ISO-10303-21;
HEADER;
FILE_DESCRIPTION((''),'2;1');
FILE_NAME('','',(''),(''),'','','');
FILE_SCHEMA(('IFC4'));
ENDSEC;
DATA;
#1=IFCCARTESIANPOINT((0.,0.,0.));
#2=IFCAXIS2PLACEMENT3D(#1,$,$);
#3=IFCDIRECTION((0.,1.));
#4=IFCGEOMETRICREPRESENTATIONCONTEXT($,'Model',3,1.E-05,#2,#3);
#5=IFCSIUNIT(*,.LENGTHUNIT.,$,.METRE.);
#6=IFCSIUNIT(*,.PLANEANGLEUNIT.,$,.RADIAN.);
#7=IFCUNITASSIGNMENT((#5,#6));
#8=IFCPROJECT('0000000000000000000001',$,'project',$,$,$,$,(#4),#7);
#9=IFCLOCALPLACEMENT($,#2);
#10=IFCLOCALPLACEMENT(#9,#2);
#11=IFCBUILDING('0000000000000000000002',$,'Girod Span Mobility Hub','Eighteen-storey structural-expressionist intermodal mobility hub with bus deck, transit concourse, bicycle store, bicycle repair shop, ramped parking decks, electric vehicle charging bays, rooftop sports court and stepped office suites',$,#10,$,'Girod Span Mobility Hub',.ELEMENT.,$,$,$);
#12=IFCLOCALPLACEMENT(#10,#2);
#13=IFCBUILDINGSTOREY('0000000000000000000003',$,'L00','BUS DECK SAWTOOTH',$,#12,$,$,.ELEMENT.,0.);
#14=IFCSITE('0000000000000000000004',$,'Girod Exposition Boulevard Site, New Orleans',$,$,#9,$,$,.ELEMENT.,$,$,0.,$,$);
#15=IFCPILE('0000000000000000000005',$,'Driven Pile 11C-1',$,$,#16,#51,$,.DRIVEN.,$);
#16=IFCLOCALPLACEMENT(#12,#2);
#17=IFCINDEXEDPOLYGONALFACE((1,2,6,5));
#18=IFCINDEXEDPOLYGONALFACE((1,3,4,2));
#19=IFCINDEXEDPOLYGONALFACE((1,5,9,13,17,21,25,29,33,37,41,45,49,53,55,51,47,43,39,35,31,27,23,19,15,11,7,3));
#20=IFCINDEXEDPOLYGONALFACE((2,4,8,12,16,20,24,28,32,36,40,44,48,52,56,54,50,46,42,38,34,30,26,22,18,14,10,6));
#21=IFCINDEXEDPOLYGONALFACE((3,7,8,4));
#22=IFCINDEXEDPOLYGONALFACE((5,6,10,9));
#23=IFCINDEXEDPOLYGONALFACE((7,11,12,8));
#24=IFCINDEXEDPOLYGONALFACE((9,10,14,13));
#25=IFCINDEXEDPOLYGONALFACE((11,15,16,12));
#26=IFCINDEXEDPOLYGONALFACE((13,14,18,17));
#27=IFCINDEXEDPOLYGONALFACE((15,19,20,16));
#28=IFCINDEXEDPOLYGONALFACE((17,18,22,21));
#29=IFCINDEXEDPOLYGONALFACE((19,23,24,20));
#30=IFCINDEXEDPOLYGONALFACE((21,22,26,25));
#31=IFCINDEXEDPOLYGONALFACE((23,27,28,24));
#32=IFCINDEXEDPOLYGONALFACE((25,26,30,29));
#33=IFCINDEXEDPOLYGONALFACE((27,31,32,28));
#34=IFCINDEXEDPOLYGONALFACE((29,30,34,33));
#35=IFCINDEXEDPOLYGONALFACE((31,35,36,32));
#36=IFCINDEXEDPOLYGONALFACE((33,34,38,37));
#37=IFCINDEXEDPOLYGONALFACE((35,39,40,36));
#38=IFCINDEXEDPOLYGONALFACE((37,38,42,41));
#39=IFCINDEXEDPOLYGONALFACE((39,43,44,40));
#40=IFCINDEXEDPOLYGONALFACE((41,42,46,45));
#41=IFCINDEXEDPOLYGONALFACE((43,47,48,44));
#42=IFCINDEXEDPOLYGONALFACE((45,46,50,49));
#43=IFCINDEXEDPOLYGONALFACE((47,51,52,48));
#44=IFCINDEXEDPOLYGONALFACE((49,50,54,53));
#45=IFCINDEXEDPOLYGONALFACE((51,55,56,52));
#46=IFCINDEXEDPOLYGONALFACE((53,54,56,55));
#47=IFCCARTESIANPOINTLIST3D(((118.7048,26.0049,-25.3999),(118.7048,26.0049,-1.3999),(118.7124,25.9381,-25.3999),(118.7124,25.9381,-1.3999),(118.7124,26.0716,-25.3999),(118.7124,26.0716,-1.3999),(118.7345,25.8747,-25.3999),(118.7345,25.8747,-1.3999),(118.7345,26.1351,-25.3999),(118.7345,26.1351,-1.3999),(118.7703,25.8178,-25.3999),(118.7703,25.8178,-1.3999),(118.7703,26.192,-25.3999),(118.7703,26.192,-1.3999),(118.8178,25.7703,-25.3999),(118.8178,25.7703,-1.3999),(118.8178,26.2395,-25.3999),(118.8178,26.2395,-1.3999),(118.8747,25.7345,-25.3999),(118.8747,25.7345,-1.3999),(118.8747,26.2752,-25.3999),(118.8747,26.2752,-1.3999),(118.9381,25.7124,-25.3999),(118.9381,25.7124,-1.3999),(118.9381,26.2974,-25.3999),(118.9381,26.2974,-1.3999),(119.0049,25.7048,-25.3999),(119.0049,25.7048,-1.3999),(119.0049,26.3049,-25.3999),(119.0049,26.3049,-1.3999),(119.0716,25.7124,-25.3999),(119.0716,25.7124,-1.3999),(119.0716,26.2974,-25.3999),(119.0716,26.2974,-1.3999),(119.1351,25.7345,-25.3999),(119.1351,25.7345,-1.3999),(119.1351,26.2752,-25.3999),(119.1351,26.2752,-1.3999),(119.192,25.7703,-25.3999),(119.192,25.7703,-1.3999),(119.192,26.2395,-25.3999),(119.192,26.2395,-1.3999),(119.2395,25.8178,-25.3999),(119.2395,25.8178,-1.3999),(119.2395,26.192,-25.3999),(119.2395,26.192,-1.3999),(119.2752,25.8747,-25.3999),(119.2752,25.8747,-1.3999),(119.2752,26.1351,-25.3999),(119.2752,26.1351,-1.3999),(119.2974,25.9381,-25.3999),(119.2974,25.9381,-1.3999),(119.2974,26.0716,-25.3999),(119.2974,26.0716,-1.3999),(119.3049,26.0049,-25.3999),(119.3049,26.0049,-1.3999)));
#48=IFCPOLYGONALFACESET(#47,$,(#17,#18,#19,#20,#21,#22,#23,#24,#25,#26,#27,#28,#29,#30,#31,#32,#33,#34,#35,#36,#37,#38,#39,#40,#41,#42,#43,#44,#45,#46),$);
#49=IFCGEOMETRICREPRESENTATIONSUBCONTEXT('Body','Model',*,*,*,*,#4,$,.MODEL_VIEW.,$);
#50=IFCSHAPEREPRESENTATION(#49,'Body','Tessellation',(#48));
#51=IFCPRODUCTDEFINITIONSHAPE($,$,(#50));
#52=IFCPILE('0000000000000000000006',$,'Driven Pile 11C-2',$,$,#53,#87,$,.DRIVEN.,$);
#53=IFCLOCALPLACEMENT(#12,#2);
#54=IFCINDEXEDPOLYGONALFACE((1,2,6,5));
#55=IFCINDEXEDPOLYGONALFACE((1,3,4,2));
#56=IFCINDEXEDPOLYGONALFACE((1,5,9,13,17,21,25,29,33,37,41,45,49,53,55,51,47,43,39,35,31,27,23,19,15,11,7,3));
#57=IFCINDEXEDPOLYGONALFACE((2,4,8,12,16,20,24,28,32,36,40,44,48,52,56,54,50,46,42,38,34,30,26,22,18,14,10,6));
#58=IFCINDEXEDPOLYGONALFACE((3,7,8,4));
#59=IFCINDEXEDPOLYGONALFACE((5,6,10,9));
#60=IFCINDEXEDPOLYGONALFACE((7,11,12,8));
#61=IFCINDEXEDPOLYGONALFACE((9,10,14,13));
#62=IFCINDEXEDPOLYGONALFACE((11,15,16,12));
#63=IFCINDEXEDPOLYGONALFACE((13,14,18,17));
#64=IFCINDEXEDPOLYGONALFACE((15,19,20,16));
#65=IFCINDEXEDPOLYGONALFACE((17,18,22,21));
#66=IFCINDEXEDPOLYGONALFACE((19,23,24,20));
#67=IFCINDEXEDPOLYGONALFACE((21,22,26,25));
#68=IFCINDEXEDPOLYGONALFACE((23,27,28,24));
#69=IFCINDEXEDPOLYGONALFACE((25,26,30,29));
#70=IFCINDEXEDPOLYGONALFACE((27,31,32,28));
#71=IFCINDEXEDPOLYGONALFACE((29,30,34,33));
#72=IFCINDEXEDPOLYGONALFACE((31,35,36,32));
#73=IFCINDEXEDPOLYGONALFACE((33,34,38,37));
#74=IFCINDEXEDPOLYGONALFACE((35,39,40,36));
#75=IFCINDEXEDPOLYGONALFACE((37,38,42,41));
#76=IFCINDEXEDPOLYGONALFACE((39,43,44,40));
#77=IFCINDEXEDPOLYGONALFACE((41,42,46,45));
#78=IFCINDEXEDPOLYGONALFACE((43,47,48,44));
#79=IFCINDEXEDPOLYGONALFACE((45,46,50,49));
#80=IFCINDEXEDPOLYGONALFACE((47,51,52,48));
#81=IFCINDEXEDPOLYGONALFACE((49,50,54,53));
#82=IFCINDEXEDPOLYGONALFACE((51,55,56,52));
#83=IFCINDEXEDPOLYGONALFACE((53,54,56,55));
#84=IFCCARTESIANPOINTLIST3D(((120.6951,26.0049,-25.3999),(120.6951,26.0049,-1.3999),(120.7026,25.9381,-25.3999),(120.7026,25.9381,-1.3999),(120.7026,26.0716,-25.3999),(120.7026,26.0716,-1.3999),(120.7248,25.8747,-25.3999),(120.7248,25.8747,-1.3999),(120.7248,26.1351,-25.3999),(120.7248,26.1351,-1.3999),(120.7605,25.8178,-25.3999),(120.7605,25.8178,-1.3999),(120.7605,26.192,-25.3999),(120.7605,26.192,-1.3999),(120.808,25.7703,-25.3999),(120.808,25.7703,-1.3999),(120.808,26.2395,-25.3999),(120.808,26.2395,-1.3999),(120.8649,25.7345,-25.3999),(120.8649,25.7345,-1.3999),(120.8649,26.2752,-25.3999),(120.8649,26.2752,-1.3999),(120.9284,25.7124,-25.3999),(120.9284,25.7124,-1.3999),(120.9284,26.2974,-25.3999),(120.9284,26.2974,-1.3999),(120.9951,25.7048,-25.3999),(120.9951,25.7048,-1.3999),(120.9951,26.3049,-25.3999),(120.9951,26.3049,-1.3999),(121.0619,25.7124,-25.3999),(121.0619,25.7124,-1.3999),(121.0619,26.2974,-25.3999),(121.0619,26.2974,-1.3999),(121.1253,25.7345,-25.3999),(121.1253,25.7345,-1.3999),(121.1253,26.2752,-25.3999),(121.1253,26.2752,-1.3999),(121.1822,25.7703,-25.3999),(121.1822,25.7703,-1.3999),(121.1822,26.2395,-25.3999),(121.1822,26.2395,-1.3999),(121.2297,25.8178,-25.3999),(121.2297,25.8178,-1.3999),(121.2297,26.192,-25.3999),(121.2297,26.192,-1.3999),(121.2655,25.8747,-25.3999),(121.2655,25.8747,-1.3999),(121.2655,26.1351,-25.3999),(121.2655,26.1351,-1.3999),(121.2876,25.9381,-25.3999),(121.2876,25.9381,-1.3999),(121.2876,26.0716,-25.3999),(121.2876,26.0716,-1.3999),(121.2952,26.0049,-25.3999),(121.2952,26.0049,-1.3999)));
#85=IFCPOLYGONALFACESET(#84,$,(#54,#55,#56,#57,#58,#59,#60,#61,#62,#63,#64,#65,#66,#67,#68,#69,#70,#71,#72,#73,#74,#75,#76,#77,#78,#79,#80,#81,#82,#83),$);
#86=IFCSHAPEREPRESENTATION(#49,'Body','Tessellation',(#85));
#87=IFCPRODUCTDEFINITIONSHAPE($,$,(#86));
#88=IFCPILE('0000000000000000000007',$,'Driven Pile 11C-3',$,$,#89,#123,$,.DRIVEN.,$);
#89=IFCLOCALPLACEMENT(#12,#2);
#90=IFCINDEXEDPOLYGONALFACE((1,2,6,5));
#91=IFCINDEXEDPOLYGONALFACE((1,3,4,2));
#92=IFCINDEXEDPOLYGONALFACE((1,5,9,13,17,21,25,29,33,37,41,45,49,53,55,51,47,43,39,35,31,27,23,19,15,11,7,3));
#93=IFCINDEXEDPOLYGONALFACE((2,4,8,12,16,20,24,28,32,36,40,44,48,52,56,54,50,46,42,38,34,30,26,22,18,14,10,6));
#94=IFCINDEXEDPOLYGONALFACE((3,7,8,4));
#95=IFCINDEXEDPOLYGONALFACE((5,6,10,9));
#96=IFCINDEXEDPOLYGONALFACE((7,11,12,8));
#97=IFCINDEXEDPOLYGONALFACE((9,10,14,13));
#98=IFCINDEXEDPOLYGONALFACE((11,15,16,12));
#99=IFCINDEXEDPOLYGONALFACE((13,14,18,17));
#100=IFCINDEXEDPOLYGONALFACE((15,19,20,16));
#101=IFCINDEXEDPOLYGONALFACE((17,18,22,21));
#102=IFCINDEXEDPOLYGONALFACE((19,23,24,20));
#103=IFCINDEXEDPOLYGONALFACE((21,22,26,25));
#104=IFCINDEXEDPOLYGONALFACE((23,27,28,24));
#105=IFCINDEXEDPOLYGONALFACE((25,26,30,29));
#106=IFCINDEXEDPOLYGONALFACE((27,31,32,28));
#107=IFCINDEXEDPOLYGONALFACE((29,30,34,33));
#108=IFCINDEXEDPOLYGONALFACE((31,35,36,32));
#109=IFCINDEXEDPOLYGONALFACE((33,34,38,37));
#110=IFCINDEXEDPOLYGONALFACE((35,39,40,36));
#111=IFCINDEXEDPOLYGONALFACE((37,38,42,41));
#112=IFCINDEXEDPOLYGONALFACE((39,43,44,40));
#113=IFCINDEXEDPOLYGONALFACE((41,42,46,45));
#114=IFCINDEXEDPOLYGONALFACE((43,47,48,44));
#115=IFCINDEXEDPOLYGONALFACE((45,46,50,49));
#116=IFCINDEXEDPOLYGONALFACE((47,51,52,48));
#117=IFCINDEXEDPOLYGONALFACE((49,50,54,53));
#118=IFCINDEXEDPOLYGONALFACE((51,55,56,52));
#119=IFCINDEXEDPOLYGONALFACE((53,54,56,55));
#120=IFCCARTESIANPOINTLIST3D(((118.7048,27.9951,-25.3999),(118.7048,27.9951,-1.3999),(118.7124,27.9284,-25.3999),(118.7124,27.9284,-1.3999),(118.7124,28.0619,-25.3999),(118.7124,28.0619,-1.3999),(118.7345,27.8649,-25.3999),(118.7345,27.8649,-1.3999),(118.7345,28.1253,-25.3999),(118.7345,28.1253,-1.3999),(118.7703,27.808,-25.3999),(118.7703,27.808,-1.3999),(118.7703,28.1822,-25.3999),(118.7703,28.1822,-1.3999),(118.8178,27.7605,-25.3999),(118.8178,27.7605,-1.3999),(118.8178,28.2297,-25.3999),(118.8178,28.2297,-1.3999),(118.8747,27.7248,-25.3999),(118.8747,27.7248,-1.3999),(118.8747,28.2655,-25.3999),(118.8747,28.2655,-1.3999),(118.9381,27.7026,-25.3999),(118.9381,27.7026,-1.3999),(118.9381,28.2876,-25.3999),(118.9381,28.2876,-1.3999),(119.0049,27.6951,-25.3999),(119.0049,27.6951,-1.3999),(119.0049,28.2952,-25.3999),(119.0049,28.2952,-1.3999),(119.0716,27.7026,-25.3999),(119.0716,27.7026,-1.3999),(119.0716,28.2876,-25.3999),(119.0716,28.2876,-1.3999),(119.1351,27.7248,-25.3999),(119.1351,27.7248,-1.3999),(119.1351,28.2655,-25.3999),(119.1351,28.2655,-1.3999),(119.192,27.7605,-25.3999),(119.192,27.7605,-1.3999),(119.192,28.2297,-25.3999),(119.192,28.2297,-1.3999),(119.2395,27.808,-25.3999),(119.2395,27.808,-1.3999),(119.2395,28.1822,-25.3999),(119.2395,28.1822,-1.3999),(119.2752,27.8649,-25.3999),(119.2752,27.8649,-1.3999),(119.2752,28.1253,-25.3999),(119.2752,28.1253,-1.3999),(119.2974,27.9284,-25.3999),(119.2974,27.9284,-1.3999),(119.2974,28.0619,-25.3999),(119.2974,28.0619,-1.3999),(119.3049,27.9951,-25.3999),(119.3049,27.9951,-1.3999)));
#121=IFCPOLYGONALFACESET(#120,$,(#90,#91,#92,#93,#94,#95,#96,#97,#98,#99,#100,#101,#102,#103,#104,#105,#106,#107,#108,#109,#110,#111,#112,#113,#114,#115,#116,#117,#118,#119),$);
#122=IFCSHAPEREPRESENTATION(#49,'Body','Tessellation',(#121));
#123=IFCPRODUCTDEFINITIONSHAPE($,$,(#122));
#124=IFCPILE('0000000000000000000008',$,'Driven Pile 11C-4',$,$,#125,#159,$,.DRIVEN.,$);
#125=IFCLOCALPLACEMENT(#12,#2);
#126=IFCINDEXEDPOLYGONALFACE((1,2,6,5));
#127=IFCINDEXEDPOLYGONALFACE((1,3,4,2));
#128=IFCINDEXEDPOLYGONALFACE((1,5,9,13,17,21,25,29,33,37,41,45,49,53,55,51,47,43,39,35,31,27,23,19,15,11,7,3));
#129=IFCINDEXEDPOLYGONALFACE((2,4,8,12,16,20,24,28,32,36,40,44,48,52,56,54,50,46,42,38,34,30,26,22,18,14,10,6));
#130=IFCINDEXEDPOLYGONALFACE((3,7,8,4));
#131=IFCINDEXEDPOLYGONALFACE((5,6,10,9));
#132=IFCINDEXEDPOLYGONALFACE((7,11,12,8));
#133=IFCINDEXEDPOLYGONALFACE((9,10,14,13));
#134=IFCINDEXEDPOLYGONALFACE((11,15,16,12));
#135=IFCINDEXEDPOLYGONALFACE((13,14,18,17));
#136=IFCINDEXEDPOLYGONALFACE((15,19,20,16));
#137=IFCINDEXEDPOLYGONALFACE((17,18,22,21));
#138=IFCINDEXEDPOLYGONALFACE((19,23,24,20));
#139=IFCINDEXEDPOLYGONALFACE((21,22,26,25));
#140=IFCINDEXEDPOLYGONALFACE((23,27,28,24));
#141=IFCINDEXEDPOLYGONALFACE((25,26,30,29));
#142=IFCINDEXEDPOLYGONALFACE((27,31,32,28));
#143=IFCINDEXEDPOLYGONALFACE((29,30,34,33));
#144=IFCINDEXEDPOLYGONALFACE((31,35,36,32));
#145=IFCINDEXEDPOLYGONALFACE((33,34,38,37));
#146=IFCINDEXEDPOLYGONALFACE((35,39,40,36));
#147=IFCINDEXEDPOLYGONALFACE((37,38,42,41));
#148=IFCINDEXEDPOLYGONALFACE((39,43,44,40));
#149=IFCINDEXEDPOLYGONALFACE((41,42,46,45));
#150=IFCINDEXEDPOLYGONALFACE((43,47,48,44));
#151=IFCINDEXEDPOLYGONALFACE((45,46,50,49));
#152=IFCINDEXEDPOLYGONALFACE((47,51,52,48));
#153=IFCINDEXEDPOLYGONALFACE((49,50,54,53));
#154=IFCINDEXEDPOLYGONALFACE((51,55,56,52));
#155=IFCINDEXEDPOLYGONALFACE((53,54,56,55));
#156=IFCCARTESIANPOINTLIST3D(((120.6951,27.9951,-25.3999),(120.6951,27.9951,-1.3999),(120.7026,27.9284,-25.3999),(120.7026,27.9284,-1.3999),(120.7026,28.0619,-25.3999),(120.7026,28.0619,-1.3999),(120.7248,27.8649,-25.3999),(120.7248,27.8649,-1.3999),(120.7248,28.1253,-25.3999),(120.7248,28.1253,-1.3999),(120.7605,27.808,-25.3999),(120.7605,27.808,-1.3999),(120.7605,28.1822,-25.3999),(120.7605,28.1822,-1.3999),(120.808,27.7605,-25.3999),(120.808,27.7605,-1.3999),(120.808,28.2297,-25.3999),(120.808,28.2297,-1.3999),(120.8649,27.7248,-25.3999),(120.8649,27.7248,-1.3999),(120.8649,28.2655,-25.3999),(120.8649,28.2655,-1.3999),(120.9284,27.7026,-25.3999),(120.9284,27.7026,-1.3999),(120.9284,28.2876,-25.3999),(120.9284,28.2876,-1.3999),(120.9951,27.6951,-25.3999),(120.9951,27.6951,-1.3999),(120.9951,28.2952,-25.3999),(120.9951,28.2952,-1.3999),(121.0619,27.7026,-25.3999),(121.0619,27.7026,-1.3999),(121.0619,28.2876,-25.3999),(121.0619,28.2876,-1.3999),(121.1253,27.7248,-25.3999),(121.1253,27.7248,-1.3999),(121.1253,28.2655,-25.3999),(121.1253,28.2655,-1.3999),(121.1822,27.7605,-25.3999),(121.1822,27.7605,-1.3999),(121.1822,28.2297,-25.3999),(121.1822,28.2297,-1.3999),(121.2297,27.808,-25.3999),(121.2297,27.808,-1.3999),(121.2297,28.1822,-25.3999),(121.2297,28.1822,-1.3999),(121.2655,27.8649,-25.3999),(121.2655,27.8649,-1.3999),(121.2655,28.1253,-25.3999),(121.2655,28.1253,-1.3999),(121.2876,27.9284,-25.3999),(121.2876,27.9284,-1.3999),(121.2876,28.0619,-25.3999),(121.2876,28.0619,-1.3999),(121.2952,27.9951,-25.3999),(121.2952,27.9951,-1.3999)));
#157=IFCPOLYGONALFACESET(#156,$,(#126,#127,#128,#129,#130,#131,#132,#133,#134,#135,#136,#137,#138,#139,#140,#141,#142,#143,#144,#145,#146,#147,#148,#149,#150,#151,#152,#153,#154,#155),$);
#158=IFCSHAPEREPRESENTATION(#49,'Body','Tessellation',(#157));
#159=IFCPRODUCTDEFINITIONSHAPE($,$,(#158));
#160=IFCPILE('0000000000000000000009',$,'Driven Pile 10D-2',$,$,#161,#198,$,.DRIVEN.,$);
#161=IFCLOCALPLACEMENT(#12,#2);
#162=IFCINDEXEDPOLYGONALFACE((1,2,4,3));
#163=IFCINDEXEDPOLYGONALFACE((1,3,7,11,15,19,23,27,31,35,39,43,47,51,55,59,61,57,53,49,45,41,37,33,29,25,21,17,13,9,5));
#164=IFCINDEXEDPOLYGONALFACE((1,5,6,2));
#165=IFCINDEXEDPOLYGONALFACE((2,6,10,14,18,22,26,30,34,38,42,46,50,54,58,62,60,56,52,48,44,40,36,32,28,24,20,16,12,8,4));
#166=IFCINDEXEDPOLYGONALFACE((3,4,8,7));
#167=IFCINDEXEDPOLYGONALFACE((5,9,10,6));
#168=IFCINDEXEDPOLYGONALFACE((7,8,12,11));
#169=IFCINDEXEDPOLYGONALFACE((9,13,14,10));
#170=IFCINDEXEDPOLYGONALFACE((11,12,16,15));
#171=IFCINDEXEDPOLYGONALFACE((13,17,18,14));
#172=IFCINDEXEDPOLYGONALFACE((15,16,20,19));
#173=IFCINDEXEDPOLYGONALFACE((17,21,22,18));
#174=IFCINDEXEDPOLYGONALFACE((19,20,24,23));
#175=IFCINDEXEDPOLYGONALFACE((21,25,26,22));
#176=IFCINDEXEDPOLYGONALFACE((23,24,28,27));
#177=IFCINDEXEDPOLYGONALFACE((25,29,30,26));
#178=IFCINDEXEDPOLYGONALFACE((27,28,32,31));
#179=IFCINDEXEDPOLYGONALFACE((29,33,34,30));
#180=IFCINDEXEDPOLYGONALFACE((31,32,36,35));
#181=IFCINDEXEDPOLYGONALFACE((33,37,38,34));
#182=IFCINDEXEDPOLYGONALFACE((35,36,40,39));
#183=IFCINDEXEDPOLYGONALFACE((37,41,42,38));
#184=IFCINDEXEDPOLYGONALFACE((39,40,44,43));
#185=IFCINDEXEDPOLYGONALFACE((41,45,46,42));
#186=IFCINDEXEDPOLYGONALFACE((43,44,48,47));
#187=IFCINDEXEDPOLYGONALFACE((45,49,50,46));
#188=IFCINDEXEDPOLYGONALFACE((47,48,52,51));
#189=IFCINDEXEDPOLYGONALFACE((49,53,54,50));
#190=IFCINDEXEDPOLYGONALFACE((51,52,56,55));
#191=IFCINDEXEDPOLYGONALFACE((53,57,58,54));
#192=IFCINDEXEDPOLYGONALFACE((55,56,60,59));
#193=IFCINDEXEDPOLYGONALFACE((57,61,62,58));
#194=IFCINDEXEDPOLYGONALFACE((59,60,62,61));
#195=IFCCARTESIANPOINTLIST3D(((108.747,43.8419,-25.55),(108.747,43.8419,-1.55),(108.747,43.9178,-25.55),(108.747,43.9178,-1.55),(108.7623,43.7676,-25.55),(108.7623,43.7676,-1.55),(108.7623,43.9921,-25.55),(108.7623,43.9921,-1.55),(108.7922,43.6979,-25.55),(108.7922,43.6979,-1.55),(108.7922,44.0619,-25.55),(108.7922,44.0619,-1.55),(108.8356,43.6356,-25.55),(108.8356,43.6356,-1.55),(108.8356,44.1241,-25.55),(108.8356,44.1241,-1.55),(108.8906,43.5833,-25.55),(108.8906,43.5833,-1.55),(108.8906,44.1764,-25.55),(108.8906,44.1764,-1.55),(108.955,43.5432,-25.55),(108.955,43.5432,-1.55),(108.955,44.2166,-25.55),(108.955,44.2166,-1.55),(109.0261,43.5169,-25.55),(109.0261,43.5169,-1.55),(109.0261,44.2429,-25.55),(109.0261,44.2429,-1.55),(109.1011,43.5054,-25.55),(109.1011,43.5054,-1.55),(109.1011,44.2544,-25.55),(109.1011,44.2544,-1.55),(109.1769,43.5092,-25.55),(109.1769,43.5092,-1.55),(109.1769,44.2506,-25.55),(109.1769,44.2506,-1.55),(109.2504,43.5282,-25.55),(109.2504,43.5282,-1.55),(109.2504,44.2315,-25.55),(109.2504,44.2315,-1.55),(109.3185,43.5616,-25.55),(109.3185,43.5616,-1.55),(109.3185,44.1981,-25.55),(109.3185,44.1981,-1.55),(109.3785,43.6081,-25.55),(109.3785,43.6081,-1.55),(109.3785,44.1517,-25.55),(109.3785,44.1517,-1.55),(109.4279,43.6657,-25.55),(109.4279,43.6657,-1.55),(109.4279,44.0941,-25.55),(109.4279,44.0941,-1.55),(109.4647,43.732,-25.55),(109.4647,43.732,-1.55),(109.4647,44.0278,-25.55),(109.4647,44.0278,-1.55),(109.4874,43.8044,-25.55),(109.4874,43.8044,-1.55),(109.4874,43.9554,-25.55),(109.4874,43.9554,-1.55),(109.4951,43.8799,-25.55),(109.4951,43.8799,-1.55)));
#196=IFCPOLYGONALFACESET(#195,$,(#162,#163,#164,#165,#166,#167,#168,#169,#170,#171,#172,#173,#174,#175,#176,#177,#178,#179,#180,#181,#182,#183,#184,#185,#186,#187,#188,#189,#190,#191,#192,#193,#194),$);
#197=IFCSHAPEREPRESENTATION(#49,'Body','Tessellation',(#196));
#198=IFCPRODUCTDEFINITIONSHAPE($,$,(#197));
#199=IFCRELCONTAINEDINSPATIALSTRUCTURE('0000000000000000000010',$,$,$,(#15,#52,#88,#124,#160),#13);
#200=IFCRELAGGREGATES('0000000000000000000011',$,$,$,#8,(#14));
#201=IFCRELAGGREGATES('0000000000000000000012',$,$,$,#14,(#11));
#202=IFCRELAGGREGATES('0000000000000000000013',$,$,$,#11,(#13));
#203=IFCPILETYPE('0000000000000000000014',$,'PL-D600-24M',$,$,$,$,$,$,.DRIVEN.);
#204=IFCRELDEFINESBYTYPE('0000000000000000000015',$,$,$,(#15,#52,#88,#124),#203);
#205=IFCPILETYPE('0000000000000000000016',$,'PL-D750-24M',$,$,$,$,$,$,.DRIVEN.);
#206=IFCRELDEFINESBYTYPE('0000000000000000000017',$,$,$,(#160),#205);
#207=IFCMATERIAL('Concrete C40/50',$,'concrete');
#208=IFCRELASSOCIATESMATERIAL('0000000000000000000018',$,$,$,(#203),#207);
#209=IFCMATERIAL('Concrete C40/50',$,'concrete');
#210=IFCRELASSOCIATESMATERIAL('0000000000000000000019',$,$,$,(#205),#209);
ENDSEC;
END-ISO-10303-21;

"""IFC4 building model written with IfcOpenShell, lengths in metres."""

from ifc_helpers import new_model, si_unit, direction, frame, origin, origin_2d, place, context, subcontext, project, spatial, circle, extrude, material, material_profile, profile_set, type_object, element, save


model = new_model("IFC4")

# Units and contexts
model_context = context("Model", 3, precision=1e-05, world=origin(), true_north=direction((0.0, 1.0)))
body_context = subcontext(model_context, "Body", "Model", "MODEL_VIEW")
ifc_project = project(units=[si_unit("LENGTHUNIT", "METRE"), si_unit("PLANEANGLEUNIT", "RADIAN")], contexts=[model_context])

# Site, building, storey
site_placement = place(None, origin())
site = spatial("IfcSite", under=ifc_project, at=site_placement, Name="Girod Exposition Boulevard Site, New Orleans", CompositionType="ELEMENT", RefElevation=0.0)
building_placement = place(site_placement, origin())
building = spatial("IfcBuilding", under=site, at=building_placement, Name="Girod Span Mobility Hub", Description="Eighteen-storey structural-expressionist intermodal mobility hub with bus deck, transit concourse, bicycle store, bicycle repair shop, ramped parking decks, electric vehicle charging bays, rooftop sports court and stepped office suites", LongName="Girod Span Mobility Hub", CompositionType="ELEMENT")
storey_placement = place(building_placement, origin())
storey = spatial("IfcBuildingStorey", under=building, at=storey_placement, Name="L00", Description="BUS DECK SAWTOOTH", CompositionType="ELEMENT", Elevation=0.0)

# Piles
ifc_material_1 = material(Name="Concrete C40/50", Category="concrete")
ifc_material_profile_1 = material_profile(ifc_material_1, circle(Radius=0.3, at=origin_2d()), Name="PILE-D600")
ifc_profile_set_1 = profile_set([ifc_material_profile_1], Name="Concrete C40/50")
pile_type_1 = type_object("IfcPileType", Name="PL-D600-24M", PredefinedType="DRIVEN", material=ifc_profile_set_1)
for number, where, z_axis, x_axis, name in (
    (1, (119.0049, 26.0049, -1.3999), (0.0, 0.0, -1.0), (1.0, 0.0, 0.0), "Driven Pile 11C-1"),
    (2, (120.9951, 26.0049, -1.3999), (0.0, 0.0, -1.0), (1.0, 0.0, 0.0), "Driven Pile 11C-2"),
    (3, (119.0049, 27.9951, -1.3999), (0.0, 0.0, -1.0), (1.0, 0.0, 0.0), "Driven Pile 11C-3"),
    (4, (120.9951, 27.9951, -1.3999), (0.0, 0.0, -1.0), (1.0, 0.0, 0.0), "Driven Pile 11C-4"),
):
    element("IfcPile", number, at=place(storey_placement, frame(where, z_axis=z_axis, x_axis=x_axis)), inside=storey, type_object=pile_type_1, Name=name, PredefinedType="DRIVEN", context=body_context, shape_type="SweptSolid", body=[
        extrude(circle(Radius=0.3, at=origin_2d()), origin(), (0.0, 0.0, 1.0), 24.0),
    ])
ifc_material_2 = material(Name="Concrete C40/50", Category="concrete")
ifc_material_profile_2 = material_profile(ifc_material_2, circle(Radius=0.375, at=origin_2d()), Name="PILE-D750")
ifc_profile_set_2 = profile_set([ifc_material_profile_2], Name="Concrete C40/50")
pile_type_2 = type_object("IfcPileType", Name="PL-D750-24M", PredefinedType="DRIVEN", material=ifc_profile_set_2)
for number, where, z_axis, x_axis, name in (
    (5, (109.1201, 43.8799, -1.55), (0.0, 0.0, -1.0), (1.0, 0.0, 0.0), "Driven Pile 10D-2"),
):
    element("IfcPile", number, at=place(storey_placement, frame(where, z_axis=z_axis, x_axis=x_axis)), inside=storey, type_object=pile_type_2, Name=name, PredefinedType="DRIVEN", context=body_context, shape_type="SweptSolid", body=[
        extrude(circle(Radius=0.375, at=origin_2d()), origin(), (0.0, 0.0, 1.0), 24.0),
    ])

save(model, "model.ifc")
